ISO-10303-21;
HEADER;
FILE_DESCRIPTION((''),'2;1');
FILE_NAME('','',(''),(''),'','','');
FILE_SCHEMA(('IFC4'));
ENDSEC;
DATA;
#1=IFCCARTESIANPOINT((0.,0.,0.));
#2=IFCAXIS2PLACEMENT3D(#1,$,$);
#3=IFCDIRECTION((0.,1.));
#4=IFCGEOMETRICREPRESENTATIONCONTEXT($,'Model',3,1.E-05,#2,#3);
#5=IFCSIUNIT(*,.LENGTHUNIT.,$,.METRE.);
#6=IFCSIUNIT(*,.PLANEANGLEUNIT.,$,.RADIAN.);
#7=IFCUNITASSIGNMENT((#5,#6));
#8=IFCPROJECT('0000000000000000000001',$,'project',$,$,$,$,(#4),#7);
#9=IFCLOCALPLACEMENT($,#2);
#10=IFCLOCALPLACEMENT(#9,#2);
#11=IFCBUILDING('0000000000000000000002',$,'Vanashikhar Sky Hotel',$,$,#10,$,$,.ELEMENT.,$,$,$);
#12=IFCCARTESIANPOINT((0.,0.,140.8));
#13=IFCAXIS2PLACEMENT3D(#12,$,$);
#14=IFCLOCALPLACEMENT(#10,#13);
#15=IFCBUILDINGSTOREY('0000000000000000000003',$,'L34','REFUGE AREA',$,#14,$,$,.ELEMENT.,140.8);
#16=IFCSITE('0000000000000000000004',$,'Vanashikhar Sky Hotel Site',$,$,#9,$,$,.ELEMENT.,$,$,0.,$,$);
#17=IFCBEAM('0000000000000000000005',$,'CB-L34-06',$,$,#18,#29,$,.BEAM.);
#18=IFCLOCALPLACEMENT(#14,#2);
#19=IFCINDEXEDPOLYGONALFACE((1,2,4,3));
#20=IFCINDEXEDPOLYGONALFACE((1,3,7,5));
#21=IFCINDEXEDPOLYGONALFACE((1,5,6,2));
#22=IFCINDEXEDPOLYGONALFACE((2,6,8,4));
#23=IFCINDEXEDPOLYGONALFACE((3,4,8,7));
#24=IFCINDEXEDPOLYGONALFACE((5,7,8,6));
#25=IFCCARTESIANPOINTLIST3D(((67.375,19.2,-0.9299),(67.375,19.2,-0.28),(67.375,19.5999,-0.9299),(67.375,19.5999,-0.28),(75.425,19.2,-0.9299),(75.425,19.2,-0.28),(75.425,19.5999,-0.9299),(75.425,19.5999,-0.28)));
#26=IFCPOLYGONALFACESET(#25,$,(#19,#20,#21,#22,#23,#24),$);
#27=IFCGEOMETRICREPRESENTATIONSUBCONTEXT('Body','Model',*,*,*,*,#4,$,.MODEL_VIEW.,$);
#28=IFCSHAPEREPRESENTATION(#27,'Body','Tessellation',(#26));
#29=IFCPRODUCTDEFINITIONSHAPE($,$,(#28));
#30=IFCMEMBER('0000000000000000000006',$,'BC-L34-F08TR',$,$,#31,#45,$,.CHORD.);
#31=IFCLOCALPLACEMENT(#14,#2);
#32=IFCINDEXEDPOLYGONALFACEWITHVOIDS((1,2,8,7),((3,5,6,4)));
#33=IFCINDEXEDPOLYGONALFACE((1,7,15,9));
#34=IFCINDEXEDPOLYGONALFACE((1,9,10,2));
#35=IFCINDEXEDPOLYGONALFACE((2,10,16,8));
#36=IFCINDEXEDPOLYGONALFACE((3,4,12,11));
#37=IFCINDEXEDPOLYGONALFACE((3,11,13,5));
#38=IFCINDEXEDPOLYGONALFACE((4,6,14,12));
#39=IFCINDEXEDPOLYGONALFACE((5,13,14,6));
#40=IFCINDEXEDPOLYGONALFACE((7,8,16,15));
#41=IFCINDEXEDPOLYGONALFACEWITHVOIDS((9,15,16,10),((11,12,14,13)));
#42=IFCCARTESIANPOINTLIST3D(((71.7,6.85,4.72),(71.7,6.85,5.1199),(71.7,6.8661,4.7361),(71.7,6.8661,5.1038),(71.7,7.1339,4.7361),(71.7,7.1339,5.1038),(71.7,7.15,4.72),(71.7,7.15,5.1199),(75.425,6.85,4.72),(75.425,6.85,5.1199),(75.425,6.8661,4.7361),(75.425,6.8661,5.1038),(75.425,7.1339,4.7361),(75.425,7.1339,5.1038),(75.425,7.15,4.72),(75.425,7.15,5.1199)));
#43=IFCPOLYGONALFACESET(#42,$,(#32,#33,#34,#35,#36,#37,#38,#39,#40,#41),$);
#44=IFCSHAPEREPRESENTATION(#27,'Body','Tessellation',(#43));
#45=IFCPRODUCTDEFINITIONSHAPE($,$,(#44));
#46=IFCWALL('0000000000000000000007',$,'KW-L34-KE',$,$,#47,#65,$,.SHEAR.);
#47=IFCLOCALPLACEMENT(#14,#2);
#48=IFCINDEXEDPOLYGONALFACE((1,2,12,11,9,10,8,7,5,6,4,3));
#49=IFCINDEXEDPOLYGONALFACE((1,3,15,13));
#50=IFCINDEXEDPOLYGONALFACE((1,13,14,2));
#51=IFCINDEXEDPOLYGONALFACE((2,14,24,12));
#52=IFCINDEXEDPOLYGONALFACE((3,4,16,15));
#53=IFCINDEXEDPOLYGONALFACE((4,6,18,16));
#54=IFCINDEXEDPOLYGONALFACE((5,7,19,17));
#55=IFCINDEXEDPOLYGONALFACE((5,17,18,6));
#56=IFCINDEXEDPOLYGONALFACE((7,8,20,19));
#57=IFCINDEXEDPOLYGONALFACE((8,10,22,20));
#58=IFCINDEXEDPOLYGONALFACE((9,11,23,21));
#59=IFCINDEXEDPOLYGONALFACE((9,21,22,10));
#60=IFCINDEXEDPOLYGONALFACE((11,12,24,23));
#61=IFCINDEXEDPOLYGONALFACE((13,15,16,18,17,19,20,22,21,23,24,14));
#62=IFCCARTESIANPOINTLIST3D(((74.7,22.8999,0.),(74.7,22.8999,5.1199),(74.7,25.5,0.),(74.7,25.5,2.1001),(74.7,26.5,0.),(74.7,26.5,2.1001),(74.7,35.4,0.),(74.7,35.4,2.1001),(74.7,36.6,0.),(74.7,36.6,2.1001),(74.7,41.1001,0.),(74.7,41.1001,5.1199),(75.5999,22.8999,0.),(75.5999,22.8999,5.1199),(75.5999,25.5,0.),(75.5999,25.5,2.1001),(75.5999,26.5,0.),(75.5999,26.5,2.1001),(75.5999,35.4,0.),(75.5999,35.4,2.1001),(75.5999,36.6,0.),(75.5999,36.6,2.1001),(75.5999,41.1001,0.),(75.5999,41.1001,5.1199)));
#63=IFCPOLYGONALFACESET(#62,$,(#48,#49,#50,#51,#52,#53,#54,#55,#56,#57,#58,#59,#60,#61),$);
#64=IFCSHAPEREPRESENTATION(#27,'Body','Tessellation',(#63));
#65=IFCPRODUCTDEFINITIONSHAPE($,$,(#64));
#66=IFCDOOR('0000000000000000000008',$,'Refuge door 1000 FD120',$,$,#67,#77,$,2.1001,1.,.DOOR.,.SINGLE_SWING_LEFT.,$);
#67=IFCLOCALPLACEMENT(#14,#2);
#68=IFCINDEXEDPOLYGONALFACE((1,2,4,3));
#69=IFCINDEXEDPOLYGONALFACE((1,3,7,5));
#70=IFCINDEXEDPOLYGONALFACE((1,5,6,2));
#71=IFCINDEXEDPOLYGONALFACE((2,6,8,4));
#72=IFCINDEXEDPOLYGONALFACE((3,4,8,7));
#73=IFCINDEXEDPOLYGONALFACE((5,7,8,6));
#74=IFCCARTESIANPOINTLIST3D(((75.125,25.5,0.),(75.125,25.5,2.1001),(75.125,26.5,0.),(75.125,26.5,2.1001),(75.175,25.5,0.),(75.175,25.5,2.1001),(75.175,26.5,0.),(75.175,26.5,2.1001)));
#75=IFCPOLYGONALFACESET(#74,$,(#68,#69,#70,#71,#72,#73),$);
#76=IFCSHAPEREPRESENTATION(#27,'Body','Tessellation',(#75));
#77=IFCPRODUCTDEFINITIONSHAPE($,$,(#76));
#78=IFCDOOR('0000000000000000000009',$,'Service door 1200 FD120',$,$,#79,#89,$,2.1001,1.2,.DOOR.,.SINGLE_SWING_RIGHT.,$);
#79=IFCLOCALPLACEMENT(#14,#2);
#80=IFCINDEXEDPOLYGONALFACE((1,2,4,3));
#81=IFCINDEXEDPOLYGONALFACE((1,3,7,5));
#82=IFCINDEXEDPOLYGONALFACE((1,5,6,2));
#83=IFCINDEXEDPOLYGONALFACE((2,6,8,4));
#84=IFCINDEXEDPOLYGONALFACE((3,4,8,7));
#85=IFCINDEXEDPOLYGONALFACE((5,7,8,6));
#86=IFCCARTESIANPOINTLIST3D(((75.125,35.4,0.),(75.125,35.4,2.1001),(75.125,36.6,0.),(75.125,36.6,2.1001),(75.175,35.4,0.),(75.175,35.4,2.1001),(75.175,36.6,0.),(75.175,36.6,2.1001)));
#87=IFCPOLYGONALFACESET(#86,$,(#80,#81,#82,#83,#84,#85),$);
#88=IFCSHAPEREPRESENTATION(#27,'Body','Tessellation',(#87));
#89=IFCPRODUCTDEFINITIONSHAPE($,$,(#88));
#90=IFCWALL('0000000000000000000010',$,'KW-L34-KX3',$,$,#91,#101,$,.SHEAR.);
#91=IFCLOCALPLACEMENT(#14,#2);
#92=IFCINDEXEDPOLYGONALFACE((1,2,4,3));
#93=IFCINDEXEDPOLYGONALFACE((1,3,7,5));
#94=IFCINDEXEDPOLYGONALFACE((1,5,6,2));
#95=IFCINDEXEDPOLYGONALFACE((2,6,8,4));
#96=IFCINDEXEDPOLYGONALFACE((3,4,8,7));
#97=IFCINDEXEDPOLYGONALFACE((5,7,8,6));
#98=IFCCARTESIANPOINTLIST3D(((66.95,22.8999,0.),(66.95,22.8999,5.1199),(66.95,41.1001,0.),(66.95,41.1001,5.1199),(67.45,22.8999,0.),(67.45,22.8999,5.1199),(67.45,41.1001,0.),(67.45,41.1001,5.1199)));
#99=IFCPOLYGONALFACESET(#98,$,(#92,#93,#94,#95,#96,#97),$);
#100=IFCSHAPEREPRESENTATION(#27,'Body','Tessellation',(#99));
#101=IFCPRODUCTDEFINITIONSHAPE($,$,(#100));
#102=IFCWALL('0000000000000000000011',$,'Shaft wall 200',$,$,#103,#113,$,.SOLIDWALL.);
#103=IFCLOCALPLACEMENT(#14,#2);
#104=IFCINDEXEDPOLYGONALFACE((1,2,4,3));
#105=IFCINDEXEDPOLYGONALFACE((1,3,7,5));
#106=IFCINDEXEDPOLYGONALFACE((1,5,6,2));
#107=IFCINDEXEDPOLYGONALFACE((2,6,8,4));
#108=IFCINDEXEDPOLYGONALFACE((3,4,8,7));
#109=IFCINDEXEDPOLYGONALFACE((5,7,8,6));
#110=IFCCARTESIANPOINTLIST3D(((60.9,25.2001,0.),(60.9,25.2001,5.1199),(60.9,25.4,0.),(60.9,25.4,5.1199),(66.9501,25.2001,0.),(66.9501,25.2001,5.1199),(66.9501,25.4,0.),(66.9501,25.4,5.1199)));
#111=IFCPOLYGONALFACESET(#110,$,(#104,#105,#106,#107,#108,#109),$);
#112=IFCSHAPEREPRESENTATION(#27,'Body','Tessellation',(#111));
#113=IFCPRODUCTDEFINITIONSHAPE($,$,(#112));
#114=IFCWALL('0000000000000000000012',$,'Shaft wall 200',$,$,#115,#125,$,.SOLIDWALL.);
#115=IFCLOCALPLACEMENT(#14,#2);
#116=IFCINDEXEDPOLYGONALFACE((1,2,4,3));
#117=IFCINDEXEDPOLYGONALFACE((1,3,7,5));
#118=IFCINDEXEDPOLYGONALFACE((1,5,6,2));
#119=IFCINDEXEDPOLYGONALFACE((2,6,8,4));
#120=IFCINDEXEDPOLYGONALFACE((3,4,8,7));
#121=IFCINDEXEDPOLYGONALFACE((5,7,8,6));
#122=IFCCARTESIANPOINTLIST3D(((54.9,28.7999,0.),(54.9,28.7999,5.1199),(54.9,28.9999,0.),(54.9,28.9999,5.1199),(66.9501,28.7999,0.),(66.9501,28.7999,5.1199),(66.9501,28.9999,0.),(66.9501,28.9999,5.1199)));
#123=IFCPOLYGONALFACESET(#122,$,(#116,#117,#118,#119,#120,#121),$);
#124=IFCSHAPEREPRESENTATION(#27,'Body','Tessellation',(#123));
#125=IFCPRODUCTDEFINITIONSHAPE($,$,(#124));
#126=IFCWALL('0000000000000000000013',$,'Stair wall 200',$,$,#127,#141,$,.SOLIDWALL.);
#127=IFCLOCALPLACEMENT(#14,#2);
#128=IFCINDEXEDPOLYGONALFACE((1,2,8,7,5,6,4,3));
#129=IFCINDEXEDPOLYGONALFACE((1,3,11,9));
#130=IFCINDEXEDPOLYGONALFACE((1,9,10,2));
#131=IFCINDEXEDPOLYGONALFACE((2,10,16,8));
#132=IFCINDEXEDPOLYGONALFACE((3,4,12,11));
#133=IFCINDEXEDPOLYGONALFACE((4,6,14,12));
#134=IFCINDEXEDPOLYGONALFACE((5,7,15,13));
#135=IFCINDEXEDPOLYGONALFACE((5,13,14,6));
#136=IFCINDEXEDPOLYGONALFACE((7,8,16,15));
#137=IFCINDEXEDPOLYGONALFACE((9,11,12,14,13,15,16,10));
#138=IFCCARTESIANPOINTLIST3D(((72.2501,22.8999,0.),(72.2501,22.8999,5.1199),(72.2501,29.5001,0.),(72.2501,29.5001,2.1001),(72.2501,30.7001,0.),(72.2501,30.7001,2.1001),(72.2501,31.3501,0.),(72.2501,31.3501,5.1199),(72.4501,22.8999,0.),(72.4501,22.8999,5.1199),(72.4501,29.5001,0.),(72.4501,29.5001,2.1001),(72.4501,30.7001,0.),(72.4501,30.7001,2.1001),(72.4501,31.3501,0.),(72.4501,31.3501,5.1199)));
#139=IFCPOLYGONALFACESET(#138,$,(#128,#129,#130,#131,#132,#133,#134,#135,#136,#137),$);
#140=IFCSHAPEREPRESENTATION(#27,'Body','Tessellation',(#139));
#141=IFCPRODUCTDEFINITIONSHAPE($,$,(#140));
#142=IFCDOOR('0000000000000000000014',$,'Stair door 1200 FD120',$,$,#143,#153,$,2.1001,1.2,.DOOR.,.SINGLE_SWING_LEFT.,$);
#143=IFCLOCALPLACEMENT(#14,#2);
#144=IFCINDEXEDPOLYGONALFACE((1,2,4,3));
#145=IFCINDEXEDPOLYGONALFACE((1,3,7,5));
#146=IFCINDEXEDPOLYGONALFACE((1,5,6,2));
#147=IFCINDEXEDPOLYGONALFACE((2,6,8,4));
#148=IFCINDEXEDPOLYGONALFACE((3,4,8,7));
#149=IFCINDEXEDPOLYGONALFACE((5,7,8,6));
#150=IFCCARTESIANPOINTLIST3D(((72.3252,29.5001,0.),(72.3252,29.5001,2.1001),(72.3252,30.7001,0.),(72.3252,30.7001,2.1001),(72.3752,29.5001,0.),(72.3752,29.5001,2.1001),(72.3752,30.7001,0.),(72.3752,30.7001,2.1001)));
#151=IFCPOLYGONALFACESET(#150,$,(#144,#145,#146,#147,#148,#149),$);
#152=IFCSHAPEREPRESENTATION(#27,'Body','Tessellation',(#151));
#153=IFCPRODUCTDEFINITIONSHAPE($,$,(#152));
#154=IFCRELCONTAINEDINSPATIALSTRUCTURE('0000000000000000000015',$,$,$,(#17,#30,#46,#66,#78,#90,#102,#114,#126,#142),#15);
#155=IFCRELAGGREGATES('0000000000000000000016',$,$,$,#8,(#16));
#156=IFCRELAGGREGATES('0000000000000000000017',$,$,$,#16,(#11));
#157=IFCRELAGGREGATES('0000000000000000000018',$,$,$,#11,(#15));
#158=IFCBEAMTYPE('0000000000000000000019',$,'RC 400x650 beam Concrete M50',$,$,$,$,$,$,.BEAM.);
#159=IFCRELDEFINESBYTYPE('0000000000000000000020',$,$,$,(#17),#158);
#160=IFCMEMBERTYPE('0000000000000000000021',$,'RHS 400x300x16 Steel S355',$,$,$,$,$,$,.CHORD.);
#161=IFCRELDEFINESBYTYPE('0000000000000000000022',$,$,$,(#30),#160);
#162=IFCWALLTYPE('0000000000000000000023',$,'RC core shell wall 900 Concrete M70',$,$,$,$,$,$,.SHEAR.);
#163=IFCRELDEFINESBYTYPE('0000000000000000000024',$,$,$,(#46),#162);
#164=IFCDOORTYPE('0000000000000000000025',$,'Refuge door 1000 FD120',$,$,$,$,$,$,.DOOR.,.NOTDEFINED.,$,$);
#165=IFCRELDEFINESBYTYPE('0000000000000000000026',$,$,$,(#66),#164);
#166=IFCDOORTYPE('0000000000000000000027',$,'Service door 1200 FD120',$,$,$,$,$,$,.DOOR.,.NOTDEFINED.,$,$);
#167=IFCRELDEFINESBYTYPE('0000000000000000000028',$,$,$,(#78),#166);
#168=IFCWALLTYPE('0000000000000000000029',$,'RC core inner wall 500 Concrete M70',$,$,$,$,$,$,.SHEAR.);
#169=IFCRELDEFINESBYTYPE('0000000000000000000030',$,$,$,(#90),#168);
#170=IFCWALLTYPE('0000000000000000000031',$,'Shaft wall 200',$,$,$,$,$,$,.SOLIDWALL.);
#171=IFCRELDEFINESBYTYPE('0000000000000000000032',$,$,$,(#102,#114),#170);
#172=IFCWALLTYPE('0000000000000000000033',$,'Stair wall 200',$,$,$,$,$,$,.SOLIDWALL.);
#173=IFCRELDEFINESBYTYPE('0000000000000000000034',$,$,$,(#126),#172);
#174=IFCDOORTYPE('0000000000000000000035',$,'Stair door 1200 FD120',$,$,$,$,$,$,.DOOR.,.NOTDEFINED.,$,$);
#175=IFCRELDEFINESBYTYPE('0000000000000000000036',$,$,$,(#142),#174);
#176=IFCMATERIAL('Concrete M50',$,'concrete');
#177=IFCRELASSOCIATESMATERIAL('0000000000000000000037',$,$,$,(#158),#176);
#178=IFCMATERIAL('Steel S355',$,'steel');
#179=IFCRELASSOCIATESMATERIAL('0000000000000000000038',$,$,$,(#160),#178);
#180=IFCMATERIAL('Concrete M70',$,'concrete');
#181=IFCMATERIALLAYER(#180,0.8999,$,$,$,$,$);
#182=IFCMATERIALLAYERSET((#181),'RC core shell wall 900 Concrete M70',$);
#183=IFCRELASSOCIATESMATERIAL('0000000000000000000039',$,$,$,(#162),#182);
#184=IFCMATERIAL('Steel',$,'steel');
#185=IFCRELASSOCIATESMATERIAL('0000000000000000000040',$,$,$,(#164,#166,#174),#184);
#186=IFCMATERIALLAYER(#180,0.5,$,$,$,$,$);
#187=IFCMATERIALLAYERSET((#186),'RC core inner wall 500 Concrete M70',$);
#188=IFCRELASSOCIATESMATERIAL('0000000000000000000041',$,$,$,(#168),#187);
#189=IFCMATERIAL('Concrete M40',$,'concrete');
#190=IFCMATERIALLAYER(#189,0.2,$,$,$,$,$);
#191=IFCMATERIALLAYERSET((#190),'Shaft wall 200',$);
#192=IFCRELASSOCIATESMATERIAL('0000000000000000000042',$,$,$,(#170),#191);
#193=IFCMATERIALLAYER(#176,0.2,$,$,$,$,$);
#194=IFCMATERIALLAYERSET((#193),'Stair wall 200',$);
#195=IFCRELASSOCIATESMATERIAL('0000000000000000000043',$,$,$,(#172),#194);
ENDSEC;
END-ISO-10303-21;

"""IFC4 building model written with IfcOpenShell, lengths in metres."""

from ifc_helpers import new_model, si_unit, direction, frame, frame_2d, origin, origin_2d, place, context, subcontext, project, spatial, rectangle, hollow_rectangle, extrude, source, transform, mapped, material, layer, layer_set, material_profile, profile_set, type_object, element, fill, save


model = new_model("IFC4")

# Units and contexts
model_context = context("Model", 3, precision=1e-05, world=origin(), true_north=direction((0.0, 1.0)))
body_context = subcontext(model_context, "Body", "Model", "MODEL_VIEW")
ifc_project = project(units=[si_unit("LENGTHUNIT", "METRE"), si_unit("PLANEANGLEUNIT", "RADIAN")], contexts=[model_context])

# Site, building, storey
site_placement = place(None, origin())
site = spatial("IfcSite", under=ifc_project, at=site_placement, Name="Vanashikhar Sky Hotel Site", CompositionType="ELEMENT", RefElevation=0.0)
building_placement = place(site_placement, origin())
building = spatial("IfcBuilding", under=site, at=building_placement, Name="Vanashikhar Sky Hotel", CompositionType="ELEMENT")
storey_placement = place(building_placement, frame((0.0, 0.0, 140.8)))
storey = spatial("IfcBuildingStorey", under=building, at=storey_placement, Name="L34", Description="REFUGE AREA", CompositionType="ELEMENT", Elevation=140.8)

# Beam
ifc_material_1 = material(Name="Concrete M50", Category="concrete")
ifc_material_profile_1 = material_profile(ifc_material_1, rectangle(XDim=0.3999, YDim=0.6499, at=origin_2d()))
ifc_profile_set_1 = profile_set([ifc_material_profile_1], Name="RC 400x650 beam Concrete M50")
beam_type = type_object("IfcBeamType", Name="RC 400x650 beam Concrete M50", PredefinedType="BEAM", material=ifc_profile_set_1)
shared_shape_1 = source(origin(), body_context, "Body", "SweptSolid", [
    extrude(rectangle(XDim=0.3999, YDim=0.6499, at=origin_2d()), origin(), (0.0, 0.0, 1.0), 8.05),
])
beam_placement = place(storey_placement, frame((67.375, 19.3999, -0.605), z_axis=(1.0, 0.0, 0.0), x_axis=(0.0, 1.0, 0.0)))
element("IfcBeam", 1, at=beam_placement, inside=storey, type_object=beam_type, Name="CB-L34-06", PredefinedType="BEAM", context=body_context, shape_type="MappedRepresentation", body=[
    mapped(shared_shape_1, transform((0.0, 0.0, 0.0), scale=1.0)),
])

# Member
ifc_material_2 = material(Name="Steel S355", Category="steel")
ifc_material_profile_2 = material_profile(ifc_material_2, hollow_rectangle(XDim=0.3, YDim=0.3999, WallThickness=0.0161, at=origin_2d()))
ifc_profile_set_2 = profile_set([ifc_material_profile_2], Name="RHS 400x300x16 Steel S355")
member_type = type_object("IfcMemberType", Name="RHS 400x300x16 Steel S355", PredefinedType="CHORD", material=ifc_profile_set_2)
shared_shape_2 = source(origin(), body_context, "Body", "SweptSolid", [
    extrude(hollow_rectangle(XDim=0.3, YDim=0.3999, WallThickness=0.0161, at=origin_2d()), origin(), (0.0, 0.0, 1.0), 3.7251),
])
member_placement = place(storey_placement, frame((71.7, 7.0, 4.9199), z_axis=(1.0, 0.0, 0.0), x_axis=(0.0, 1.0, 0.0)))
element("IfcMember", 2, at=member_placement, inside=storey, type_object=member_type, Name="BC-L34-F08TR", PredefinedType="CHORD", context=body_context, shape_type="MappedRepresentation", body=[
    mapped(shared_shape_2, transform((0.0, 0.0, 0.0), scale=1.0)),
])

# Wall, openings, doors
ifc_material_3 = material(Name="Concrete M70", Category="concrete")
ifc_layer_1 = layer(ifc_material_3, 0.8999)
ifc_layer_set_1 = layer_set([ifc_layer_1], Name="RC core shell wall 900 Concrete M70")
wall_type_1 = type_object("IfcWallType", Name="RC core shell wall 900 Concrete M70", PredefinedType="SHEAR", material=ifc_layer_set_1)
shared_shape_3 = source(origin(), body_context, "Body", "SweptSolid", [
    extrude(rectangle(XDim=18.2002, YDim=0.8999, at=frame_2d((9.1001, 0.0))), origin(), (0.0, 0.0, 1.0), 5.1199),
])
wall_1_placement = place(storey_placement, frame((75.1499, 22.8999, 0.0), z_axis=(0.0, 0.0, 1.0), x_axis=(0.0, 1.0, 0.0)))
wall_1 = element("IfcWall", 3, at=wall_1_placement, inside=storey, type_object=wall_type_1, Name="KW-L34-KE", PredefinedType="SHEAR", context=body_context, shape_type="MappedRepresentation", body=[
    mapped(shared_shape_3, transform((0.0, 0.0, 0.0), scale=1.0)),
])
shared_shape_4 = source(origin(), body_context, "Body", "SweptSolid", [
    extrude(rectangle(XDim=1.0, YDim=2.1001, at=frame_2d((0.5, 1.05))), frame((0.0, 0.46, 0.0), z_axis=(0.0, -1.0, 0.0), x_axis=(1.0, 0.0, 0.0)), (0.0, 0.0, 1.0), 0.9199),
])
opening_1_placement = place(wall_1_placement, frame((2.6001, 0.0, 0.0)))
opening_1 = element("IfcOpeningElement", 4, at=opening_1_placement, cuts=wall_1, PredefinedType="OPENING", context=body_context, shape_type="MappedRepresentation", body=[
    mapped(shared_shape_4, transform((0.0, 0.0, 0.0), scale=1.0)),
])
shared_shape_5 = source(origin(), body_context, "Body", "SweptSolid", [
    extrude(rectangle(XDim=1.2, YDim=2.1001, at=frame_2d((0.6001, 1.05))), frame((0.0, 0.46, 0.0), z_axis=(0.0, -1.0, 0.0), x_axis=(1.0, 0.0, 0.0)), (0.0, 0.0, 1.0), 0.9199),
])
opening_2_placement = place(wall_1_placement, frame((12.5, 0.0, 0.0)))
opening_2 = element("IfcOpeningElement", 5, at=opening_2_placement, cuts=wall_1, PredefinedType="OPENING", context=body_context, shape_type="MappedRepresentation", body=[
    mapped(shared_shape_5, transform((0.0, 0.0, 0.0), scale=1.0)),
])
ifc_material_4 = material(Name="Steel", Category="steel")
door_type_1 = type_object("IfcDoorType", Name="Refuge door 1000 FD120", OperationType="NOTDEFINED", PredefinedType="DOOR", material=ifc_material_4)
shared_shape_6 = source(origin(), body_context, "Body", "SweptSolid", [
    extrude(rectangle(XDim=1.0, YDim=2.1001, at=frame_2d((0.5, 1.05))), frame((0.0, 0.0249, 0.0), z_axis=(0.0, -1.0, 0.0), x_axis=(1.0, 0.0, 0.0)), (0.0, 0.0, 1.0), 0.05),
])
door_1_placement = place(opening_1_placement, origin())
door_1 = element("IfcDoor", 6, at=door_1_placement, inside=storey, type_object=door_type_1, Name="Refuge door 1000 FD120", OperationType="SINGLE_SWING_LEFT", OverallHeight=2.1001, OverallWidth=1.0, PredefinedType="DOOR", context=body_context, shape_type="MappedRepresentation", body=[
    mapped(shared_shape_6, transform((0.0, 0.0, 0.0), scale=1.0)),
])
fill(opening_1, door_1)
door_type_2 = type_object("IfcDoorType", Name="Service door 1200 FD120", OperationType="NOTDEFINED", PredefinedType="DOOR", material=ifc_material_4)
shared_shape_7 = source(origin(), body_context, "Body", "SweptSolid", [
    extrude(rectangle(XDim=1.2, YDim=2.1001, at=frame_2d((0.6001, 1.05))), frame((0.0, 0.0249, 0.0), z_axis=(0.0, -1.0, 0.0), x_axis=(1.0, 0.0, 0.0)), (0.0, 0.0, 1.0), 0.05),
])
door_2_placement = place(opening_2_placement, origin())
door_2 = element("IfcDoor", 7, at=door_2_placement, inside=storey, type_object=door_type_2, Name="Service door 1200 FD120", OperationType="SINGLE_SWING_RIGHT", OverallHeight=2.1001, OverallWidth=1.2, PredefinedType="DOOR", context=body_context, shape_type="MappedRepresentation", body=[
    mapped(shared_shape_7, transform((0.0, 0.0, 0.0), scale=1.0)),
])
fill(opening_2, door_2)

# Walls
ifc_layer_2 = layer(ifc_material_3, 0.5)
ifc_layer_set_2 = layer_set([ifc_layer_2], Name="RC core inner wall 500 Concrete M70")
wall_type_2 = type_object("IfcWallType", Name="RC core inner wall 500 Concrete M70", PredefinedType="SHEAR", material=ifc_layer_set_2)
shared_shape_8 = source(origin(), body_context, "Body", "SweptSolid", [
    extrude(rectangle(XDim=18.2002, YDim=0.5, at=frame_2d((9.1001, 0.0))), origin(), (0.0, 0.0, 1.0), 5.1199),
])
wall_2_placement = place(storey_placement, frame((67.2, 22.8999, 0.0), z_axis=(0.0, 0.0, 1.0), x_axis=(0.0, 1.0, 0.0)))
element("IfcWall", 8, at=wall_2_placement, inside=storey, type_object=wall_type_2, Name="KW-L34-KX3", PredefinedType="SHEAR", context=body_context, shape_type="MappedRepresentation", body=[
    mapped(shared_shape_8, transform((0.0, 0.0, 0.0), scale=1.0)),
])
ifc_material_5 = material(Name="Concrete M40", Category="concrete")
ifc_layer_3 = layer(ifc_material_5, 0.2)
ifc_layer_set_3 = layer_set([ifc_layer_3], Name="Shaft wall 200")
wall_type_3 = type_object("IfcWallType", Name="Shaft wall 200", PredefinedType="SOLIDWALL", material=ifc_layer_set_3)
shared_shape_9 = source(origin(), body_context, "Body", "SweptSolid", [
    extrude(rectangle(XDim=6.05, YDim=0.2, at=frame_2d((3.0249, 0.0))), origin(), (0.0, 0.0, 1.0), 5.1199),
])
wall_3_placement = place(storey_placement, frame((66.95, 25.3, 0.0), z_axis=(0.0, 0.0, 1.0), x_axis=(-1.0, 0.0, 0.0)))
element("IfcWall", 9, at=wall_3_placement, inside=storey, type_object=wall_type_3, Name="Shaft wall 200", PredefinedType="SOLIDWALL", context=body_context, shape_type="MappedRepresentation", body=[
    mapped(shared_shape_9, transform((0.0, 0.0, 0.0), scale=1.0)),
])
shared_shape_10 = source(origin(), body_context, "Body", "SweptSolid", [
    extrude(rectangle(XDim=12.05, YDim=0.2, at=frame_2d((6.0249, 0.0))), origin(), (0.0, 0.0, 1.0), 5.1199),
])
wall_4_placement = place(storey_placement, frame((66.95, 28.8999, 0.0), z_axis=(0.0, 0.0, 1.0), x_axis=(-1.0, 0.0, 0.0)))
element("IfcWall", 10, at=wall_4_placement, inside=storey, type_object=wall_type_3, Name="Shaft wall 200", PredefinedType="SOLIDWALL", context=body_context, shape_type="MappedRepresentation", body=[
    mapped(shared_shape_10, transform((0.0, 0.0, 0.0), scale=1.0)),
])

# Wall, opening, door
ifc_layer_4 = layer(ifc_material_1, 0.2)
ifc_layer_set_4 = layer_set([ifc_layer_4], Name="Stair wall 200")
wall_type_4 = type_object("IfcWallType", Name="Stair wall 200", PredefinedType="SOLIDWALL", material=ifc_layer_set_4)
shared_shape_11 = source(origin(), body_context, "Body", "SweptSolid", [
    extrude(rectangle(XDim=8.4502, YDim=0.2, at=frame_2d((4.2251, 0.0))), origin(), (0.0, 0.0, 1.0), 5.1199),
])
wall_5_placement = place(storey_placement, frame((72.3501, 22.8999, 0.0), z_axis=(0.0, 0.0, 1.0), x_axis=(0.0, 1.0, 0.0)))
wall_5 = element("IfcWall", 11, at=wall_5_placement, inside=storey, type_object=wall_type_4, Name="Stair wall 200", PredefinedType="SOLIDWALL", context=body_context, shape_type="MappedRepresentation", body=[
    mapped(shared_shape_11, transform((0.0, 0.0, 0.0), scale=1.0)),
])
shared_shape_12 = source(origin(), body_context, "Body", "SweptSolid", [
    extrude(rectangle(XDim=1.2, YDim=2.1001, at=frame_2d((0.6001, 1.05))), frame((0.0, 0.1099, 0.0), z_axis=(0.0, -1.0, 0.0), x_axis=(1.0, 0.0, 0.0)), (0.0, 0.0, 1.0), 0.22),
])
opening_3_placement = place(wall_5_placement, frame((6.6001, 0.0, 0.0)))
opening_3 = element("IfcOpeningElement", 12, at=opening_3_placement, cuts=wall_5, PredefinedType="OPENING", context=body_context, shape_type="MappedRepresentation", body=[
    mapped(shared_shape_12, transform((0.0, 0.0, 0.0), scale=1.0)),
])
door_type_3 = type_object("IfcDoorType", Name="Stair door 1200 FD120", OperationType="NOTDEFINED", PredefinedType="DOOR", material=ifc_material_4)
door_3_placement = place(opening_3_placement, origin())
door_3 = element("IfcDoor", 13, at=door_3_placement, inside=storey, type_object=door_type_3, Name="Stair door 1200 FD120", OperationType="SINGLE_SWING_LEFT", OverallHeight=2.1001, OverallWidth=1.2, PredefinedType="DOOR", context=body_context, shape_type="MappedRepresentation", body=[
    mapped(shared_shape_7, transform((0.0, 0.0, 0.0), scale=1.0)),
])
fill(opening_3, door_3)

save(model, "model.ifc")
